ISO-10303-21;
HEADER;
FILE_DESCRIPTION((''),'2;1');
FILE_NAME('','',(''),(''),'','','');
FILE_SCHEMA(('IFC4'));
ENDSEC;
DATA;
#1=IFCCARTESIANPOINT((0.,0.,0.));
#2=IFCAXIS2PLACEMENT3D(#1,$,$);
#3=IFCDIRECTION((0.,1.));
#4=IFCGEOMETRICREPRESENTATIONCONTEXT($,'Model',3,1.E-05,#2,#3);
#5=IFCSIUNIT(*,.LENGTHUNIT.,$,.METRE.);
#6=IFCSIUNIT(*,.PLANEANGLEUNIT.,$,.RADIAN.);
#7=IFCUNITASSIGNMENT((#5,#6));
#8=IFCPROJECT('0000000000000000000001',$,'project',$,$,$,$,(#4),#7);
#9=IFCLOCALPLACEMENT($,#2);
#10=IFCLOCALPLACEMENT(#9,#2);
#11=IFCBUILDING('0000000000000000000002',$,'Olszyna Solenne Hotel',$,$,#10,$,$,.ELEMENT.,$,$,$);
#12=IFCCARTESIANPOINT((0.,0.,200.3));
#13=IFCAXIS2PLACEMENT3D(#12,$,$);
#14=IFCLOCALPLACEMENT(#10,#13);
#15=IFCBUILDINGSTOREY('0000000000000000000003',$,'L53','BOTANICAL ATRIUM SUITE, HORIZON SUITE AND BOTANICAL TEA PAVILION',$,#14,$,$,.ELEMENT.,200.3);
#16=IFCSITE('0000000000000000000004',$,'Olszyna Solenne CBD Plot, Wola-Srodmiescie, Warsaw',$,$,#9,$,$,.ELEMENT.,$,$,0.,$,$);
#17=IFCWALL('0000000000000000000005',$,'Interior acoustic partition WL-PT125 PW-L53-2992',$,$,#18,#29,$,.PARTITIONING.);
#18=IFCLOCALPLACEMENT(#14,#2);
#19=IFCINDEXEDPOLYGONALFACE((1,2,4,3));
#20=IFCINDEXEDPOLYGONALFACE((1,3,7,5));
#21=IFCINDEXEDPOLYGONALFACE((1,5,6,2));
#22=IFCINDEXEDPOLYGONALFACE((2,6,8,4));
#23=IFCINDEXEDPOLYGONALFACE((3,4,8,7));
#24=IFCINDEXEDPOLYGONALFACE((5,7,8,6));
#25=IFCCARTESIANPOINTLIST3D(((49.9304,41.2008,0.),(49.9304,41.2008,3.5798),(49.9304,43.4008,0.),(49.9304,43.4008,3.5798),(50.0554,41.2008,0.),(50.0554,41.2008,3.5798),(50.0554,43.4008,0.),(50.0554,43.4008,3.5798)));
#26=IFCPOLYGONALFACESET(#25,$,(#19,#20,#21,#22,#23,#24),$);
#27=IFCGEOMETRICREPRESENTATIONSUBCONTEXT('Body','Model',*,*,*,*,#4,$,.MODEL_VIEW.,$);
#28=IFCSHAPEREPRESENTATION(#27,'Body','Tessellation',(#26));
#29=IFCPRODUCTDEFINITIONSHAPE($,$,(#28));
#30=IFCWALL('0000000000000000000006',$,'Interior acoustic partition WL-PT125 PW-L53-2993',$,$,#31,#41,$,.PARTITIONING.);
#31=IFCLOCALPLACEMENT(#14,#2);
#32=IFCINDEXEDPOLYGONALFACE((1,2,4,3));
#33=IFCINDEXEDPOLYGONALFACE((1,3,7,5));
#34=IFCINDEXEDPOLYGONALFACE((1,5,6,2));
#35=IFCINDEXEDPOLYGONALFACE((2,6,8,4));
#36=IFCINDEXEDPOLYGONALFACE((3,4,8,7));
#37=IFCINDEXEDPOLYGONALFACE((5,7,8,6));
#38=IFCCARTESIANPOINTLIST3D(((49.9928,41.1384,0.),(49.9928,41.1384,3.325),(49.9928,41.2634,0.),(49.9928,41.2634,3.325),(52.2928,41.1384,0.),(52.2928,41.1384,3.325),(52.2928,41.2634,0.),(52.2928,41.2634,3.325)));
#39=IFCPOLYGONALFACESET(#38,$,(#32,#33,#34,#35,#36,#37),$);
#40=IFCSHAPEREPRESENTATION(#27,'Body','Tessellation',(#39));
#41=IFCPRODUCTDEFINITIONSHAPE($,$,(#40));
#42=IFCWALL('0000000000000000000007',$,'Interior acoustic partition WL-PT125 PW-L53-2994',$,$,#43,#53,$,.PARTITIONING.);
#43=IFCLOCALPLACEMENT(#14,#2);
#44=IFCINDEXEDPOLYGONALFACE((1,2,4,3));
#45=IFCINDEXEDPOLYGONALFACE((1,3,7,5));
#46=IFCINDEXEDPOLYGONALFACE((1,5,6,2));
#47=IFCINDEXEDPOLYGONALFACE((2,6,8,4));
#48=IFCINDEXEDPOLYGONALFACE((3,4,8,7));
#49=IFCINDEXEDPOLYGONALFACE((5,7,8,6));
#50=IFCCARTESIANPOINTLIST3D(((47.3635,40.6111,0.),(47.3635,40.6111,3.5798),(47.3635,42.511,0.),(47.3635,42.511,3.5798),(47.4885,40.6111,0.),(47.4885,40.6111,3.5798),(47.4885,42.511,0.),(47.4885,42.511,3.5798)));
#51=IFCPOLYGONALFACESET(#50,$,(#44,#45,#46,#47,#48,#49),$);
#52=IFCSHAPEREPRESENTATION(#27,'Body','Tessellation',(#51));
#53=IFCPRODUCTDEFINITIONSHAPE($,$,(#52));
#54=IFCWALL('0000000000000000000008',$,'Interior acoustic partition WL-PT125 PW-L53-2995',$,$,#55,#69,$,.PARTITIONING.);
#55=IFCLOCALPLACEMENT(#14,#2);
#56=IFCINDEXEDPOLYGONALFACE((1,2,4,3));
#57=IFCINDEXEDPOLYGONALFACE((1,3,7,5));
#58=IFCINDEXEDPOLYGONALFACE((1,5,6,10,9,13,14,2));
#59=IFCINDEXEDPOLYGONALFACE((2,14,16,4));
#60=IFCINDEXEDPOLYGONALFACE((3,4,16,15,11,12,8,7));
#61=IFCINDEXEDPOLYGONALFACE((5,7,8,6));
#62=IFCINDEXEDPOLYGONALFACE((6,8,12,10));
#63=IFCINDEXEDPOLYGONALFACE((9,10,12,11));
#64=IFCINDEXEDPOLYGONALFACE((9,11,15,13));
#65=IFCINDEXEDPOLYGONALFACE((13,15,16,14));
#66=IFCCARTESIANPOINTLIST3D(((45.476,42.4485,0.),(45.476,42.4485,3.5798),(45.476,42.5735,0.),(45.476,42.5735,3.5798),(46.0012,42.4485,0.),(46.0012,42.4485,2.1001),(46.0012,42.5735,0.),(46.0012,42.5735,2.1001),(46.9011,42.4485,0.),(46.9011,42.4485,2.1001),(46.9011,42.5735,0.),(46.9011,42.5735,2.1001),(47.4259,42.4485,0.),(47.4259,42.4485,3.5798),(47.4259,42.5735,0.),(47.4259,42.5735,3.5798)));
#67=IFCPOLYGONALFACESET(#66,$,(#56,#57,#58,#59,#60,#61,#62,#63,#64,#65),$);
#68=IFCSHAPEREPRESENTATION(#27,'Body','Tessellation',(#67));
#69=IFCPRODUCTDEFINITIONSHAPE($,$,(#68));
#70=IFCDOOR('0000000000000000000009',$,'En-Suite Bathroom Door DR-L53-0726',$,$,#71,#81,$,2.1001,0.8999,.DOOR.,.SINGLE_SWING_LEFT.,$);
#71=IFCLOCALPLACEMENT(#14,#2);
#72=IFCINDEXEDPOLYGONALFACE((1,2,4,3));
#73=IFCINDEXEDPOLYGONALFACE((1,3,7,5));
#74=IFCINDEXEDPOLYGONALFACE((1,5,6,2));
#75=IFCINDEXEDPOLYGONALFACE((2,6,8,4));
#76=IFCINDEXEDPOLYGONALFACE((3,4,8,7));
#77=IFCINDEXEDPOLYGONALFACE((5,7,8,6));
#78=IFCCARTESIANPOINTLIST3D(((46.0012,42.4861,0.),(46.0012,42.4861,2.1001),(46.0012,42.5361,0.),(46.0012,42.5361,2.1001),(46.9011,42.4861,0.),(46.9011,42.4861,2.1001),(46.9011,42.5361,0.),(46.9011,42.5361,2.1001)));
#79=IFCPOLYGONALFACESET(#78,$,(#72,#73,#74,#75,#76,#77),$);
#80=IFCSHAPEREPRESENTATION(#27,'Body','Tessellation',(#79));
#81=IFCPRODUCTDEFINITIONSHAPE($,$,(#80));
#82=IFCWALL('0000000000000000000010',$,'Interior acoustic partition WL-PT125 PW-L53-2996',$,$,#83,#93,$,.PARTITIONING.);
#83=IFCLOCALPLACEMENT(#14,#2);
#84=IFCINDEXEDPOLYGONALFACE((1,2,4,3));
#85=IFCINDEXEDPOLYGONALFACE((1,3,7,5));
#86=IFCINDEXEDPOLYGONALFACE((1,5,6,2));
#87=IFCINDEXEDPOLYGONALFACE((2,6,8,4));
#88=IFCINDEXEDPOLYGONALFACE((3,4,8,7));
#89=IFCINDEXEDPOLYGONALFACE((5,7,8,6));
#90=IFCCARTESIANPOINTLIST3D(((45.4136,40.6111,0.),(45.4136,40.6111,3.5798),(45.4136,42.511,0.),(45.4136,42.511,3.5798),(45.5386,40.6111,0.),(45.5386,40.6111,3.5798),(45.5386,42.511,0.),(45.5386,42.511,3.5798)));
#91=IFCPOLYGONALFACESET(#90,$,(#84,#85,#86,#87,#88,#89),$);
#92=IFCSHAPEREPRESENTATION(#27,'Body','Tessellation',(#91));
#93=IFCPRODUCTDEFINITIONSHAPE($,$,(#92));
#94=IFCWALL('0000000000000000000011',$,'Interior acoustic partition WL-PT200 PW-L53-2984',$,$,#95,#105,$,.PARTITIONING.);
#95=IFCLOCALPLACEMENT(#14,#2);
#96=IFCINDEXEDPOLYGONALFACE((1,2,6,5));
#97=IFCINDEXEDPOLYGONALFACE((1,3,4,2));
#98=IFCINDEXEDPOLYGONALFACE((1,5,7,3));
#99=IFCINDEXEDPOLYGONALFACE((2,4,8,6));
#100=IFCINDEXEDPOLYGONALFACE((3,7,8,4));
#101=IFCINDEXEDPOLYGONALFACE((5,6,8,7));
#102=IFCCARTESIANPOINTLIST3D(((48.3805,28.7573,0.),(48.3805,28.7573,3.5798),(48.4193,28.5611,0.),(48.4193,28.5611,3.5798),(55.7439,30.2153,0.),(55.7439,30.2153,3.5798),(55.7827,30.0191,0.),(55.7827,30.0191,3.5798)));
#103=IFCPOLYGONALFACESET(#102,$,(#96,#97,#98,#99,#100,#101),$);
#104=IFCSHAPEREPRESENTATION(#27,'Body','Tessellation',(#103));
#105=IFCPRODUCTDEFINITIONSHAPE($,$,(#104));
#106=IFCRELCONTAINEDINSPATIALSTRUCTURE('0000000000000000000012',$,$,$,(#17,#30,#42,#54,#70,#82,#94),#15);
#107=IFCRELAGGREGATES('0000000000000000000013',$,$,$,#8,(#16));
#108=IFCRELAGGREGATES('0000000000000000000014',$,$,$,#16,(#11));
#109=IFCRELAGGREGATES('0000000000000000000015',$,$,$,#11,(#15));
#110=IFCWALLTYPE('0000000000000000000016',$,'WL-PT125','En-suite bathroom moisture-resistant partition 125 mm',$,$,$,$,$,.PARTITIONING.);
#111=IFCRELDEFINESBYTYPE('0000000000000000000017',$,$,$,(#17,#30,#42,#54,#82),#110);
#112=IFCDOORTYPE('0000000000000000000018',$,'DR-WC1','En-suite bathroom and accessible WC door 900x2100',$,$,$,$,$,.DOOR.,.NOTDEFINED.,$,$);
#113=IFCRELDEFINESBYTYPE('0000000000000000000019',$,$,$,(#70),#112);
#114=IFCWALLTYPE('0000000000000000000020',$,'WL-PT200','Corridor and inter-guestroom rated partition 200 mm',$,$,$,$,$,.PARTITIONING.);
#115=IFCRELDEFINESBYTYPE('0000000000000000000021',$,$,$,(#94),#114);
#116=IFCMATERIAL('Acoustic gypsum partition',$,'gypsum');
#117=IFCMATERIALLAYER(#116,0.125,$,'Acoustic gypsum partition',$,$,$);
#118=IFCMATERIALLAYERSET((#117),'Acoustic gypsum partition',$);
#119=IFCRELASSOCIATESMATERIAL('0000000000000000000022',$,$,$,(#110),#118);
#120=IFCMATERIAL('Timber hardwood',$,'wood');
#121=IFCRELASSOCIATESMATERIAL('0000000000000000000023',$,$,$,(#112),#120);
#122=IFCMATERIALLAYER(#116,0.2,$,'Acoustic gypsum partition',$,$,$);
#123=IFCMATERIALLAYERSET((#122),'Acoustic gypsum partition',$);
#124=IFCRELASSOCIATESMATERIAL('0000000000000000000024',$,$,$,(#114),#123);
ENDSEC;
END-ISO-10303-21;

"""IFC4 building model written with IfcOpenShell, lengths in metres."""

from ifc_helpers import new_model, si_unit, direction, frame, frame_2d, origin, place, context, subcontext, project, spatial, rectangle, extrude, source, transform, mapped, material, layer, layer_set, type_object, type_shapes, element, fill, save


model = new_model("IFC4")

# Units and contexts
model_context = context("Model", 3, precision=1e-05, world=origin(), true_north=direction((0.0, 1.0)))
body_context = subcontext(model_context, "Body", "Model", "MODEL_VIEW")
ifc_project = project(units=[si_unit("LENGTHUNIT", "METRE"), si_unit("PLANEANGLEUNIT", "RADIAN")], contexts=[model_context])

# Site, building, storey
site_placement = place(None, origin())
site = spatial("IfcSite", under=ifc_project, at=site_placement, Name="Olszyna Solenne CBD Plot, Wola-Srodmiescie, Warsaw", CompositionType="ELEMENT", RefElevation=0.0)
building_placement = place(site_placement, origin())
building = spatial("IfcBuilding", under=site, at=building_placement, Name="Olszyna Solenne Hotel", CompositionType="ELEMENT")
storey_placement = place(building_placement, frame((0.0, 0.0, 200.3)))
storey = spatial("IfcBuildingStorey", under=building, at=storey_placement, Name="L53", Description="BOTANICAL ATRIUM SUITE, HORIZON SUITE AND BOTANICAL TEA PAVILION", CompositionType="ELEMENT", Elevation=200.3)

# Shared definitions
ifc_material_1 = material(Name="Timber hardwood", Category="wood")

# Shared definitions
ifc_material_2 = material(Name="Acoustic gypsum partition", Category="gypsum")
ifc_layer_1 = layer(ifc_material_2, 0.125, Name="Acoustic gypsum partition")
ifc_layer_set_1 = layer_set([ifc_layer_1], Name="Acoustic gypsum partition")
wall_type_1 = type_object("IfcWallType", Name="WL-PT125", Description="En-suite bathroom moisture-resistant partition 125 mm", PredefinedType="PARTITIONING", material=ifc_layer_set_1)
door_type_1 = type_object("IfcDoorType", Name="DR-WC1", Description="En-suite bathroom and accessible WC door 900x2100", OperationType="NOTDEFINED", PredefinedType="DOOR", material=ifc_material_1)
shared_shape_1 = source(origin(), body_context, "Body", "SweptSolid", [
    extrude(rectangle(XDim=0.8999, YDim=2.1001, at=frame_2d((0.45, 1.05))), frame((0.0, 0.0249, 0.0), z_axis=(0.0, -1.0, 0.0), x_axis=(1.0, 0.0, 0.0)), (0.0, 0.0, 1.0), 0.05),
])
type_shapes(door_type_1, [shared_shape_1])

# Walls
wall_1_placement = place(storey_placement, frame((49.9929, 43.4009, 0.0), z_axis=(0.0, 0.0, 1.0), x_axis=(0.0, -1.0, 0.0)))
element("IfcWall", 1, at=wall_1_placement, inside=storey, type_object=wall_type_1, Name="Interior acoustic partition WL-PT125 PW-L53-2992", PredefinedType="PARTITIONING", context=body_context, shape_type="SweptSolid", body=[
    extrude(rectangle(XDim=2.2, YDim=0.125, at=frame_2d((1.1001, 0.0))), origin(), (0.0, 0.0, 1.0), 3.5798),
])
wall_2_placement = place(storey_placement, frame((49.9929, 41.2009, 0.0), z_axis=(0.0, 0.0, 1.0), x_axis=(1.0, 0.0, 0.0)))
element("IfcWall", 2, at=wall_2_placement, inside=storey, type_object=wall_type_1, Name="Interior acoustic partition WL-PT125 PW-L53-2993", PredefinedType="PARTITIONING", context=body_context, shape_type="SweptSolid", body=[
    extrude(rectangle(XDim=2.3, YDim=0.125, at=frame_2d((1.1499, 0.0))), origin(), (0.0, 0.0, 1.0), 3.325),
])
wall_3_placement = place(storey_placement, frame((47.426, 40.6111, 0.0), z_axis=(0.0, 0.0, 1.0), x_axis=(0.0, 1.0, 0.0)))
element("IfcWall", 3, at=wall_3_placement, inside=storey, type_object=wall_type_1, Name="Interior acoustic partition WL-PT125 PW-L53-2994", PredefinedType="PARTITIONING", context=body_context, shape_type="SweptSolid", body=[
    extrude(rectangle(XDim=1.8999, YDim=0.125, at=frame_2d((0.95, 0.0))), origin(), (0.0, 0.0, 1.0), 3.5798),
])

# Wall, opening, door
wall_4_placement = place(storey_placement, frame((47.426, 42.511, 0.0), z_axis=(0.0, 0.0, 1.0), x_axis=(-1.0, 0.0, 0.0)))
wall_4 = element("IfcWall", 4, at=wall_4_placement, inside=storey, type_object=wall_type_1, Name="Interior acoustic partition WL-PT125 PW-L53-2995", PredefinedType="PARTITIONING", context=body_context, shape_type="SweptSolid", body=[
    extrude(rectangle(XDim=1.95, YDim=0.125, at=frame_2d((0.9751, 0.0))), origin(), (0.0, 0.0, 1.0), 3.5798),
])
opening_1_placement = place(wall_4_placement, frame((0.5249, 0.0, 0.0)))
opening_1 = element("IfcOpeningElement", 5, at=opening_1_placement, cuts=wall_4, PredefinedType="OPENING", context=body_context, shape_type="SweptSolid", body=[
    extrude(rectangle(XDim=0.8999, YDim=2.1001, at=frame_2d((0.45, 1.05))), frame((0.0, 0.0725, 0.0), z_axis=(0.0, -1.0, 0.0), x_axis=(1.0, 0.0, 0.0)), (0.0, 0.0, 1.0), 0.145),
])
door_1_placement = place(opening_1_placement, origin())
door_1 = element("IfcDoor", 6, at=door_1_placement, inside=storey, type_object=door_type_1, Name="En-Suite Bathroom Door DR-L53-0726", OperationType="SINGLE_SWING_LEFT", OverallHeight=2.1001, OverallWidth=0.8999, PredefinedType="DOOR", context=body_context, shape_type="MappedRepresentation", body=[
    mapped(shared_shape_1, transform((0.0, 0.0, 0.0), x_axis=(1.0, 0.0, 0.0), y_axis=(0.0, 1.0, 0.0), z_axis=(0.0, 0.0, 1.0), scale=1.0)),
])
fill(opening_1, door_1)

# Walls
wall_5_placement = place(storey_placement, frame((45.4761, 42.511, 0.0), z_axis=(0.0, 0.0, 1.0), x_axis=(0.0, -1.0, 0.0)))
element("IfcWall", 7, at=wall_5_placement, inside=storey, type_object=wall_type_1, Name="Interior acoustic partition WL-PT125 PW-L53-2996", PredefinedType="PARTITIONING", context=body_context, shape_type="SweptSolid", body=[
    extrude(rectangle(XDim=1.8999, YDim=0.125, at=frame_2d((0.95, 0.0))), origin(), (0.0, 0.0, 1.0), 3.5798),
])
ifc_layer_2 = layer(ifc_material_2, 0.2, Name="Acoustic gypsum partition")
ifc_layer_set_2 = layer_set([ifc_layer_2], Name="Acoustic gypsum partition")
wall_type_2 = type_object("IfcWallType", Name="WL-PT200", Description="Corridor and inter-guestroom rated partition 200 mm", PredefinedType="PARTITIONING", material=ifc_layer_set_2)
wall_6_placement = place(storey_placement, frame((48.3999, 28.6592, 0.0), z_axis=(0.0, 0.0, 1.0), x_axis=(0.980954, 0.194239, 0.0)))
element("IfcWall", 8, at=wall_6_placement, inside=storey, type_object=wall_type_2, Name="Interior acoustic partition WL-PT200 PW-L53-2984", PredefinedType="PARTITIONING", context=body_context, shape_type="SweptSolid", body=[
    extrude(rectangle(XDim=7.5063, YDim=0.2, at=frame_2d((3.7532, 0.0))), origin(), (0.0, 0.0, 1.0), 3.5798),
])

save(model, "model.ifc")
